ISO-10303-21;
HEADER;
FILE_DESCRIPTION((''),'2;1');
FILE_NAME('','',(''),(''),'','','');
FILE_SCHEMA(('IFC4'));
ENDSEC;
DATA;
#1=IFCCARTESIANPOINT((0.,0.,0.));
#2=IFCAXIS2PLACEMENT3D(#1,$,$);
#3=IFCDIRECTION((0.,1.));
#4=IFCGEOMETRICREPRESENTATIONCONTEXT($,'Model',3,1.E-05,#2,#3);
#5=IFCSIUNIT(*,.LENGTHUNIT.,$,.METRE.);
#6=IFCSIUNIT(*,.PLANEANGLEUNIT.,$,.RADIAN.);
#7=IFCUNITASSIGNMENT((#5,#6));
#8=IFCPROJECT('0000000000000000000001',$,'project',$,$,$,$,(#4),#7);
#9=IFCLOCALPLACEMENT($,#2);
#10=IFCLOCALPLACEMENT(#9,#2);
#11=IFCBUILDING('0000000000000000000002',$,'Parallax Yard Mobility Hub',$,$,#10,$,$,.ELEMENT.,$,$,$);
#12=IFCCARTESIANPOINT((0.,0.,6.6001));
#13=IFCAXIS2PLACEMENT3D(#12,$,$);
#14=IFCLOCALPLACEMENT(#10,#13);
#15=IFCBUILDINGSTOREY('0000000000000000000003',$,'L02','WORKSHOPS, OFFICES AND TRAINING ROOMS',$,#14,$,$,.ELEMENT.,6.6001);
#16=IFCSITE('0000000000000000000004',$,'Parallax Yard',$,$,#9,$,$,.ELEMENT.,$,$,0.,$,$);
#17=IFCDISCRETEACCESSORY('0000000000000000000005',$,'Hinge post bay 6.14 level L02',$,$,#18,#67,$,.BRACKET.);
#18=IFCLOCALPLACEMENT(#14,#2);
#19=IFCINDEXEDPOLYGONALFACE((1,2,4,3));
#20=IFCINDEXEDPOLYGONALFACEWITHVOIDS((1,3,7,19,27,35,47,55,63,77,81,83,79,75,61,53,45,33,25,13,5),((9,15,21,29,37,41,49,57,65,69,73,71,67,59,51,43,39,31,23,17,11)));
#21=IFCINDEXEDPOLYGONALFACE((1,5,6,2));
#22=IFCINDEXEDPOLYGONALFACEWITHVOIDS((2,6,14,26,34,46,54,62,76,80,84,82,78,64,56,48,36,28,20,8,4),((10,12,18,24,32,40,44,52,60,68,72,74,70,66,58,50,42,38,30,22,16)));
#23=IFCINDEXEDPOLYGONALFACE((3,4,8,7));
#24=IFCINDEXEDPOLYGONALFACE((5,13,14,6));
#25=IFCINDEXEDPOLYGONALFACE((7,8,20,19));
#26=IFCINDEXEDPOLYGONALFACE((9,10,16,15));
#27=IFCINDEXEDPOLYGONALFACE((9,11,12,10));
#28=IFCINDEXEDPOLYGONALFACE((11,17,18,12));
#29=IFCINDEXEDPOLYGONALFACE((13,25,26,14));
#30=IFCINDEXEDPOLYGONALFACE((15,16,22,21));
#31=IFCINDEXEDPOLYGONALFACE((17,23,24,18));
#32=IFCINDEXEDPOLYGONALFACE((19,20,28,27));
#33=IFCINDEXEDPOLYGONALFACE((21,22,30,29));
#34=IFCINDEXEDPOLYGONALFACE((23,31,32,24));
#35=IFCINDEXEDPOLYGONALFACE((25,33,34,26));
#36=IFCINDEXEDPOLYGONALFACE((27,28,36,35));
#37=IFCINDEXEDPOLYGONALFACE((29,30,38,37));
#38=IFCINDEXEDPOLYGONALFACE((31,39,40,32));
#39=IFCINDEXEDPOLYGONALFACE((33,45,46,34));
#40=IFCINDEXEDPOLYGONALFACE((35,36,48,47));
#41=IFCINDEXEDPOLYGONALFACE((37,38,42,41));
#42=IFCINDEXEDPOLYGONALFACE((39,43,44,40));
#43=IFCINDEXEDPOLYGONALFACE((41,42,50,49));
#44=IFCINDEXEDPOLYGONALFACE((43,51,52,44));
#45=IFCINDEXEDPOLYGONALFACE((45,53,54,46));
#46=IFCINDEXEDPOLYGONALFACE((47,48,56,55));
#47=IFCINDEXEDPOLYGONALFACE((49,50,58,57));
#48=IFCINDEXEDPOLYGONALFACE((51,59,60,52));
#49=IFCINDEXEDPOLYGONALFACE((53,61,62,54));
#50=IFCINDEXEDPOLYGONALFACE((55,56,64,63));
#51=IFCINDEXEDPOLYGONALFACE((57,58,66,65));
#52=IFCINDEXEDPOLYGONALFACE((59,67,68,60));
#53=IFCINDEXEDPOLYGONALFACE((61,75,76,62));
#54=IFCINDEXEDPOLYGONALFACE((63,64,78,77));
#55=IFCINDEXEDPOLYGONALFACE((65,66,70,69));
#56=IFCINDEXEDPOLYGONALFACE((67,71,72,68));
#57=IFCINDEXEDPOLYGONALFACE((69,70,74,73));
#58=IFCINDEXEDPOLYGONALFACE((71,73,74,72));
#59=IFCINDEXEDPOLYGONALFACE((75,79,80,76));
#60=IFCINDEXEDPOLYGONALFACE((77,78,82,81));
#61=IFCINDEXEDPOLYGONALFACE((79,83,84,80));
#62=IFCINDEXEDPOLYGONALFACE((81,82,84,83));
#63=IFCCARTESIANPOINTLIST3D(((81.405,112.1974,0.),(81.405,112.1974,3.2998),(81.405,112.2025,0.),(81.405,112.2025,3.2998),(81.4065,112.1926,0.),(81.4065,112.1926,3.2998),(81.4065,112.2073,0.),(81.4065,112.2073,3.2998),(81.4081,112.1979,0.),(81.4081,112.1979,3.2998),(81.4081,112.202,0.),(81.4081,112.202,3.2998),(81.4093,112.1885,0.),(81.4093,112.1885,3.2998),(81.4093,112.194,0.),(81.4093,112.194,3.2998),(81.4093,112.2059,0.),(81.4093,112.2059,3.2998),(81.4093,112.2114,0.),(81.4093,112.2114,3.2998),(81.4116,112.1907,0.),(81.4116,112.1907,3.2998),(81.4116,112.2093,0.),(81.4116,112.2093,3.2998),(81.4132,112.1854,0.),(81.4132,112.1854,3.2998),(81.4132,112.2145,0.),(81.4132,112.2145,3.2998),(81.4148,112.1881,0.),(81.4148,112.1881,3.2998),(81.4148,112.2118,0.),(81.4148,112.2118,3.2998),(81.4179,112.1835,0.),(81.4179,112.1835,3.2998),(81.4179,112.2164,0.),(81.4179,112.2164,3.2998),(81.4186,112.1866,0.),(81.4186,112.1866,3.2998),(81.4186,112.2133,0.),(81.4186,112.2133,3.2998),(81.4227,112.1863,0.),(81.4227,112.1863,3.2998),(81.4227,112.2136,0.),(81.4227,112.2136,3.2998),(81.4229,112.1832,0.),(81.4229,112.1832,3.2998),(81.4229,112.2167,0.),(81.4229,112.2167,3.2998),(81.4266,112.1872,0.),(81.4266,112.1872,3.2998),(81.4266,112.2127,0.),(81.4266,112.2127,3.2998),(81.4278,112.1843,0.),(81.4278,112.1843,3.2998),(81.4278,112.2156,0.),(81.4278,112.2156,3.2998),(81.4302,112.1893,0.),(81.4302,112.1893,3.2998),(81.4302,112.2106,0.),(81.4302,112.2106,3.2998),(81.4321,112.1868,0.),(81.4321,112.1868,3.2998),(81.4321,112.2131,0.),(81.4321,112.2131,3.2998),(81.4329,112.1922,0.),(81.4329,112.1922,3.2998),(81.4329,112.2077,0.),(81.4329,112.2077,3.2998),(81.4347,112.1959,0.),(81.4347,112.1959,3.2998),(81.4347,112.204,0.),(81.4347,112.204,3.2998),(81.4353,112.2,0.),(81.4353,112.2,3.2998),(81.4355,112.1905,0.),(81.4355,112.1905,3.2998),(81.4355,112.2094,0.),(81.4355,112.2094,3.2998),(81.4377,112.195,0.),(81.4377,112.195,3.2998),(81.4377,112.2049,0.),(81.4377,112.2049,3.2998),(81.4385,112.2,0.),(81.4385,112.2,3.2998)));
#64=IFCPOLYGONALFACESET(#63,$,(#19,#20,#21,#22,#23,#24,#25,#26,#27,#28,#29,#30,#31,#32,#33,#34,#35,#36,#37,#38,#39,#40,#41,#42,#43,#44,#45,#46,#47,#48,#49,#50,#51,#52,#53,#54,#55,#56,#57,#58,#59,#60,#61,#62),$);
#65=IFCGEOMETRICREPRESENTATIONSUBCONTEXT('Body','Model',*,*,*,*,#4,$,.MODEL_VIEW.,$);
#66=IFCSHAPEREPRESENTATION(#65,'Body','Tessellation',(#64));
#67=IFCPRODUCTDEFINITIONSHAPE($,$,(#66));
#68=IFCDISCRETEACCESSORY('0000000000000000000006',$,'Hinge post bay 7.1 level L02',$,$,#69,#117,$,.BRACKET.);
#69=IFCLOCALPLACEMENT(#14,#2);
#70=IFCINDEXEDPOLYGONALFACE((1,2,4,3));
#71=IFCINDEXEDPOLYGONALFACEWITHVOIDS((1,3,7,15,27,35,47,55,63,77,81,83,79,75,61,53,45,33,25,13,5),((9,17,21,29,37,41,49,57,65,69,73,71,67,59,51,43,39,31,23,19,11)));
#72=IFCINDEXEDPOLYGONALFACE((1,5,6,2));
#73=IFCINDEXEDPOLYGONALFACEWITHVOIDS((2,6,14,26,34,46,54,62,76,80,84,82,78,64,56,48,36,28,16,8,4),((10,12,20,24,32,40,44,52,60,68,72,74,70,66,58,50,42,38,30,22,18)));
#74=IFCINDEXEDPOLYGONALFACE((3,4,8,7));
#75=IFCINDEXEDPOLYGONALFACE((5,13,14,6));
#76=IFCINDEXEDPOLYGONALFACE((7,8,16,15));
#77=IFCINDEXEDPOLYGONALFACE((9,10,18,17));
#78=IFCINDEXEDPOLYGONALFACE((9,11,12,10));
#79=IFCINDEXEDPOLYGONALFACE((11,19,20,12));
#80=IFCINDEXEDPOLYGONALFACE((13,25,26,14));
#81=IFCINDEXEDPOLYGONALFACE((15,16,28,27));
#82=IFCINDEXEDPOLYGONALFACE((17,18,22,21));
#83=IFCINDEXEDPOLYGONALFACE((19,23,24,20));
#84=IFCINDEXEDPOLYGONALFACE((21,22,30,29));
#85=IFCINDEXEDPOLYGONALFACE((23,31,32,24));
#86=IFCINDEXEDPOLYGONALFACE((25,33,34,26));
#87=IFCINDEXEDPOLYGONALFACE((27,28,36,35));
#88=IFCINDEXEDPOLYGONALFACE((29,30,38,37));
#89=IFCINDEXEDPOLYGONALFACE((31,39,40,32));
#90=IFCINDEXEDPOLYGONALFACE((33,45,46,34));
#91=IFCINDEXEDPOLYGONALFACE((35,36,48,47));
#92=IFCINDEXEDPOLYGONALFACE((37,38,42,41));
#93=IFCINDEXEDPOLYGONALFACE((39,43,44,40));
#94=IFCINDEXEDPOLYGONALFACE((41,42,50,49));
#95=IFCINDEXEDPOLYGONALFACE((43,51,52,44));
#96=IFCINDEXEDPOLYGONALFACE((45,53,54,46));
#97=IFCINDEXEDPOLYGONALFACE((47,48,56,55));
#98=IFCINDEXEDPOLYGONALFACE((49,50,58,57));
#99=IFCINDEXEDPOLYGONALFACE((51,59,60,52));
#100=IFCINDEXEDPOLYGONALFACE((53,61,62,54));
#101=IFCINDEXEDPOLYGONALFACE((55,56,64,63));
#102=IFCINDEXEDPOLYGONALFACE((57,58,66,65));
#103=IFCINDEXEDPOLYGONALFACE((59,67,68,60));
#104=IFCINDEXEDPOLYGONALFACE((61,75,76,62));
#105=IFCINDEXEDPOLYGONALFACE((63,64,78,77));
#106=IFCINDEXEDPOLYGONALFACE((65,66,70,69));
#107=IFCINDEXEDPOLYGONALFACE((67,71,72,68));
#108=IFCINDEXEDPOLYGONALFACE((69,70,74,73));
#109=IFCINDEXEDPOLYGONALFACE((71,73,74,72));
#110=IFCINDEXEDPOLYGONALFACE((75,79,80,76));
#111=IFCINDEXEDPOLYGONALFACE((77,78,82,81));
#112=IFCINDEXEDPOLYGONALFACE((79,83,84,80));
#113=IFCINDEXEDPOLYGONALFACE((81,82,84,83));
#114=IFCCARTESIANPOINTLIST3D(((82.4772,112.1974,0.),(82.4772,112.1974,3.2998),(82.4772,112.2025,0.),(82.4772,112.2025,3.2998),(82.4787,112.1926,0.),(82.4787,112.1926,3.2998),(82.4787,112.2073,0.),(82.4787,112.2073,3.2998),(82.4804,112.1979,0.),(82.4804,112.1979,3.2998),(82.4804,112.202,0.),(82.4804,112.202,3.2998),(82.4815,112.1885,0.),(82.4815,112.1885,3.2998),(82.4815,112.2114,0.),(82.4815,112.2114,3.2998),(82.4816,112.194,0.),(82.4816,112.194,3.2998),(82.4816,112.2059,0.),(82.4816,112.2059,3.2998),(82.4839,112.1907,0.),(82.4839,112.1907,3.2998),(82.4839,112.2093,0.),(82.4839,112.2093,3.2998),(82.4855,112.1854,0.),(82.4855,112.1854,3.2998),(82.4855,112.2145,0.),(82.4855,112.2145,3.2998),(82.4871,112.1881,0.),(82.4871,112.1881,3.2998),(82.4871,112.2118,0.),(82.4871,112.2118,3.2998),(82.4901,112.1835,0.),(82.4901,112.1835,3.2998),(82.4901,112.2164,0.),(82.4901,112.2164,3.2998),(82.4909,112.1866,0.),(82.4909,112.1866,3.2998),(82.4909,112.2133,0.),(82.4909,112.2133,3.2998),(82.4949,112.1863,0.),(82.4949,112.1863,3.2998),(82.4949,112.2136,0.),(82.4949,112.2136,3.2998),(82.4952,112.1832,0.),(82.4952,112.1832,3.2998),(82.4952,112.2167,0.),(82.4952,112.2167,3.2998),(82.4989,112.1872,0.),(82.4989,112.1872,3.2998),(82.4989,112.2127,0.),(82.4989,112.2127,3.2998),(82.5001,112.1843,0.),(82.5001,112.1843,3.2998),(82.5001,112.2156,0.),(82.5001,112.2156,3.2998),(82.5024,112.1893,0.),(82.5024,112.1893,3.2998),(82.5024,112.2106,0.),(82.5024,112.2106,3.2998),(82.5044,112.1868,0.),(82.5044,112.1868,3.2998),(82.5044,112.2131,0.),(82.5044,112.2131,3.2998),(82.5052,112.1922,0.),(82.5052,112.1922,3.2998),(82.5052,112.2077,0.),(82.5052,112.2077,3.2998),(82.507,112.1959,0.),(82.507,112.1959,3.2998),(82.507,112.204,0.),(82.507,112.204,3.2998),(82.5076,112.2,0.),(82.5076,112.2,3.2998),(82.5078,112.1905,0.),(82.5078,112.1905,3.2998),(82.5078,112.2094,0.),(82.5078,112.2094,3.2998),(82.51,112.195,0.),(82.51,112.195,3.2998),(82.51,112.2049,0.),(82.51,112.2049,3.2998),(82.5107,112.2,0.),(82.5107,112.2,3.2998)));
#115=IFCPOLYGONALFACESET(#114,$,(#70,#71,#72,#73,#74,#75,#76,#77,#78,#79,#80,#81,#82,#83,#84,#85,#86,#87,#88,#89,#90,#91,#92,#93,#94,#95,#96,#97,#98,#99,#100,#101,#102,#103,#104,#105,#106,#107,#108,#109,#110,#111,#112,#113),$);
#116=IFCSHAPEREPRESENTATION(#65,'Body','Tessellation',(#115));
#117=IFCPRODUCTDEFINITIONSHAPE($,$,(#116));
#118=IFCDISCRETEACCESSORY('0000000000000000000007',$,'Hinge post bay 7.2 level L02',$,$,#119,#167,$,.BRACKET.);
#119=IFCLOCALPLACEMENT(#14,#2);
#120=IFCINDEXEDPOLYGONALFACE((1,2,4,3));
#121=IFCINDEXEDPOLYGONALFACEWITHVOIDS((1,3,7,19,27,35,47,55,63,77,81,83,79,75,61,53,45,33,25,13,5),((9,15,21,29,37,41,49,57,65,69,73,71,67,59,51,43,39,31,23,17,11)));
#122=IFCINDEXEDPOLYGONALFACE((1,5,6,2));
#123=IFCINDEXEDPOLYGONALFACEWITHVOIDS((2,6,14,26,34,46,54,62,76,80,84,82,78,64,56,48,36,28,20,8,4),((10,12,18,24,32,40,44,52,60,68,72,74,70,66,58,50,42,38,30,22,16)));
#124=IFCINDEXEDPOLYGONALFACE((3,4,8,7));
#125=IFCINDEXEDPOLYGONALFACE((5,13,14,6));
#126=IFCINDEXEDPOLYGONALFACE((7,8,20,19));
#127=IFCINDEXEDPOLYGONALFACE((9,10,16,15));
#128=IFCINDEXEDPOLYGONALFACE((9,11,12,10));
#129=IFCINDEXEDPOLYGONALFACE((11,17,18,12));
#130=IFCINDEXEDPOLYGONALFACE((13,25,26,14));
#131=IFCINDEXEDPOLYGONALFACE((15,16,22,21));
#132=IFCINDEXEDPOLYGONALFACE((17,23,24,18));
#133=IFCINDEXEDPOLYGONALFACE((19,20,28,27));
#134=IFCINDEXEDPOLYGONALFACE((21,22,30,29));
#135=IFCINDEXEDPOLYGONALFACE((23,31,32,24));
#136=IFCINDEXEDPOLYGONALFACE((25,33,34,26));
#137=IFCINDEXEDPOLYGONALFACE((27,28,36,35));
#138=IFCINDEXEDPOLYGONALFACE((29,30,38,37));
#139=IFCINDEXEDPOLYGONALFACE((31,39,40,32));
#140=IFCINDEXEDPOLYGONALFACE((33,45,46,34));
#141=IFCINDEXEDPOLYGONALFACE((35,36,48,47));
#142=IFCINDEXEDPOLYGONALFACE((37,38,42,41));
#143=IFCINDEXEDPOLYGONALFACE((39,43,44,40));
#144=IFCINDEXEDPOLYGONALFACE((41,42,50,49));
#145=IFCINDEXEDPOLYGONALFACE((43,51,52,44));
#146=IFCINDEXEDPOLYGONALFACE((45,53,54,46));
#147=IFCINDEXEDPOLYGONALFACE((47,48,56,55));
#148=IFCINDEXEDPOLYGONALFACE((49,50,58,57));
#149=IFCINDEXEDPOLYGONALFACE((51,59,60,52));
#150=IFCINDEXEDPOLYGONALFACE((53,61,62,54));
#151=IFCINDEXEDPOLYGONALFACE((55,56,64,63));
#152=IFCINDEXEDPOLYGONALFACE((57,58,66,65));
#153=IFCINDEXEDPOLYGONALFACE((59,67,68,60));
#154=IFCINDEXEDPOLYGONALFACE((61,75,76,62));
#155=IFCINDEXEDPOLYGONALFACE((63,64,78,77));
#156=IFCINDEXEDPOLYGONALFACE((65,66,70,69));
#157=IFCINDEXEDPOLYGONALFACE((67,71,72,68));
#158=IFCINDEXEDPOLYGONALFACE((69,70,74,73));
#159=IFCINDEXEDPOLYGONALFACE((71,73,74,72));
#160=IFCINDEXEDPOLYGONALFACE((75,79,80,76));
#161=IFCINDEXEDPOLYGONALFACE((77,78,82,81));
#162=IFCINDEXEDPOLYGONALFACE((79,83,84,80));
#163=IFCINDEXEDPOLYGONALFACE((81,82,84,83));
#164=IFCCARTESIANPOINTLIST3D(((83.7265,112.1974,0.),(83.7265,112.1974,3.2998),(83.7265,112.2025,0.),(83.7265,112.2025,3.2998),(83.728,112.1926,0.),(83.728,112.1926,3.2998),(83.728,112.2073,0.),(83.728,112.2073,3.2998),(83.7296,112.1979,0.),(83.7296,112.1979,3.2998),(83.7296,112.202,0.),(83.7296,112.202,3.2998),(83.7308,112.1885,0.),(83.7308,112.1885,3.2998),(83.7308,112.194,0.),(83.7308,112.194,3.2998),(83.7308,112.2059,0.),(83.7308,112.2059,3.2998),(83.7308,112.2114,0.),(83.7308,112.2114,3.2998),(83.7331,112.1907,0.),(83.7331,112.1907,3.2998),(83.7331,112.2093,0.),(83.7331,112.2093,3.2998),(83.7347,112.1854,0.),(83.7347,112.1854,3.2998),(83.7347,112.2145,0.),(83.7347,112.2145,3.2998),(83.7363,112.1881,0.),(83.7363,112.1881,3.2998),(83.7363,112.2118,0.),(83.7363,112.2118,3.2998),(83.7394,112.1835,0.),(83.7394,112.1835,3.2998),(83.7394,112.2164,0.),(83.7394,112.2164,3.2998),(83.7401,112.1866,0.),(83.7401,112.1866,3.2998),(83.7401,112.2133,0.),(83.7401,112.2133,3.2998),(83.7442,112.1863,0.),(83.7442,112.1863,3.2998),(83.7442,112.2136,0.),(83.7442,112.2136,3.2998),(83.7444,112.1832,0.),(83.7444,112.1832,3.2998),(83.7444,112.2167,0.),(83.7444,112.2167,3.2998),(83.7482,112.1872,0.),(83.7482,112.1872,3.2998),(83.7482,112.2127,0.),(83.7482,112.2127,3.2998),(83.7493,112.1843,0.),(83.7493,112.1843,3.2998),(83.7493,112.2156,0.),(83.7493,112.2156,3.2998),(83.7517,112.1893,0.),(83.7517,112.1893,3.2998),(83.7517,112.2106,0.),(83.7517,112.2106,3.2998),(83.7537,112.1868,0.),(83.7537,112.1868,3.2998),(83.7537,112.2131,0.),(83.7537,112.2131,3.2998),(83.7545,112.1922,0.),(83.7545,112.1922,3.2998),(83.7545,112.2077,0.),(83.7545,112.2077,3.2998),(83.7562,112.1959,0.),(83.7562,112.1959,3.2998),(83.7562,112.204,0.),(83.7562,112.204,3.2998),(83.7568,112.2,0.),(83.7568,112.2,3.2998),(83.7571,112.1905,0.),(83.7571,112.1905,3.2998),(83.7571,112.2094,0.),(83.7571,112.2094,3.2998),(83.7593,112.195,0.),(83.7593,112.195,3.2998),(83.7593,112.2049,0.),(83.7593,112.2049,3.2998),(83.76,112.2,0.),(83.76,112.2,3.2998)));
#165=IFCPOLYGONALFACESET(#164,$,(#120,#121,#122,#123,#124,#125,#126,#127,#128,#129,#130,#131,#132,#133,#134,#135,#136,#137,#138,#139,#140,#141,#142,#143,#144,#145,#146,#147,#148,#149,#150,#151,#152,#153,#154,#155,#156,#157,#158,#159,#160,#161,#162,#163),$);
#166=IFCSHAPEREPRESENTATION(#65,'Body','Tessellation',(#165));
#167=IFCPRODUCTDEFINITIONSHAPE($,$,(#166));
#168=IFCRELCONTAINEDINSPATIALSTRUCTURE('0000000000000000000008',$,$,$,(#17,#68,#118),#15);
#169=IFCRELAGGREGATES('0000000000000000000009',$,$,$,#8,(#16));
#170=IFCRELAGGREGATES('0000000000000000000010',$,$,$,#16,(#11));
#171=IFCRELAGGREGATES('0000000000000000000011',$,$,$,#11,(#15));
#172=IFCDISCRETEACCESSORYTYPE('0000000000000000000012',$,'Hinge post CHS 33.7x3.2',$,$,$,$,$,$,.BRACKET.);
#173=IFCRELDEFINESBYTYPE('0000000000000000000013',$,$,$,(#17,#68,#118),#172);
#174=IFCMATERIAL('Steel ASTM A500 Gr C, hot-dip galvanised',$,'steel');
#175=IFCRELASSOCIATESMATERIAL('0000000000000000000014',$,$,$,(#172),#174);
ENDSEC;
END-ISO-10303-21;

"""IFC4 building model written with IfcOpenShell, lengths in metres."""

from ifc_helpers import new_model, si_unit, direction, frame, origin, origin_2d, place, context, subcontext, project, spatial, hollow_circle, extrude, material, material_profile, profile_set, type_object, element, save


model = new_model("IFC4")

# Units and contexts
model_context = context("Model", 3, precision=1e-05, world=origin(), true_north=direction((0.0, 1.0)))
body_context = subcontext(model_context, "Body", "Model", "MODEL_VIEW")
ifc_project = project(units=[si_unit("LENGTHUNIT", "METRE"), si_unit("PLANEANGLEUNIT", "RADIAN")], contexts=[model_context])

# Site, building, storey
site_placement = place(None, origin())
site = spatial("IfcSite", under=ifc_project, at=site_placement, Name="Parallax Yard", CompositionType="ELEMENT", RefElevation=0.0)
building_placement = place(site_placement, origin())
building = spatial("IfcBuilding", under=site, at=building_placement, Name="Parallax Yard Mobility Hub", CompositionType="ELEMENT")
storey_placement = place(building_placement, frame((0.0, 0.0, 6.6001)))
storey = spatial("IfcBuildingStorey", under=building, at=storey_placement, Name="L02", Description="WORKSHOPS, OFFICES AND TRAINING ROOMS", CompositionType="ELEMENT", Elevation=6.6001)

# Discrete accessories
ifc_material_1 = material(Name="Steel ASTM A500 Gr C, hot-dip galvanised", Category="steel")
ifc_material_profile_1 = material_profile(ifc_material_1, hollow_circle(Radius=0.0168, WallThickness=0.0032, at=origin_2d()), Name="CHS 33.7x3.2")
ifc_profile_set_1 = profile_set([ifc_material_profile_1], Name="Steel ASTM A500 Gr C, hot-dip galvanised")
discrete_accessory_type_1 = type_object("IfcDiscreteAccessoryType", Name="Hinge post CHS 33.7x3.2", PredefinedType="BRACKET", material=ifc_profile_set_1)
for number, where, z_axis, x_axis, name in (
    (1, (81.4216, 112.2, 0.0), (0.0, 0.0, 1.0), (1.0, 0.0, 0.0), "Hinge post bay 6.14 level L02"),
    (2, (82.4939, 112.2, 0.0), (0.0, 0.0, 1.0), (1.0, 0.0, 0.0), "Hinge post bay 7.1 level L02"),
    (3, (83.7432, 112.2, 0.0), (0.0, 0.0, 1.0), (1.0, 0.0, 0.0), "Hinge post bay 7.2 level L02"),
):
    element("IfcDiscreteAccessory", number, at=place(storey_placement, frame(where, z_axis=z_axis, x_axis=x_axis)), inside=storey, type_object=discrete_accessory_type_1, Name=name, PredefinedType="BRACKET", context=body_context, shape_type="SweptSolid", body=[
        extrude(hollow_circle(Radius=0.0168, WallThickness=0.0032, at=origin_2d()), origin(), (0.0, 0.0, 1.0), 3.2998),
    ])

save(model, "model.ifc")
